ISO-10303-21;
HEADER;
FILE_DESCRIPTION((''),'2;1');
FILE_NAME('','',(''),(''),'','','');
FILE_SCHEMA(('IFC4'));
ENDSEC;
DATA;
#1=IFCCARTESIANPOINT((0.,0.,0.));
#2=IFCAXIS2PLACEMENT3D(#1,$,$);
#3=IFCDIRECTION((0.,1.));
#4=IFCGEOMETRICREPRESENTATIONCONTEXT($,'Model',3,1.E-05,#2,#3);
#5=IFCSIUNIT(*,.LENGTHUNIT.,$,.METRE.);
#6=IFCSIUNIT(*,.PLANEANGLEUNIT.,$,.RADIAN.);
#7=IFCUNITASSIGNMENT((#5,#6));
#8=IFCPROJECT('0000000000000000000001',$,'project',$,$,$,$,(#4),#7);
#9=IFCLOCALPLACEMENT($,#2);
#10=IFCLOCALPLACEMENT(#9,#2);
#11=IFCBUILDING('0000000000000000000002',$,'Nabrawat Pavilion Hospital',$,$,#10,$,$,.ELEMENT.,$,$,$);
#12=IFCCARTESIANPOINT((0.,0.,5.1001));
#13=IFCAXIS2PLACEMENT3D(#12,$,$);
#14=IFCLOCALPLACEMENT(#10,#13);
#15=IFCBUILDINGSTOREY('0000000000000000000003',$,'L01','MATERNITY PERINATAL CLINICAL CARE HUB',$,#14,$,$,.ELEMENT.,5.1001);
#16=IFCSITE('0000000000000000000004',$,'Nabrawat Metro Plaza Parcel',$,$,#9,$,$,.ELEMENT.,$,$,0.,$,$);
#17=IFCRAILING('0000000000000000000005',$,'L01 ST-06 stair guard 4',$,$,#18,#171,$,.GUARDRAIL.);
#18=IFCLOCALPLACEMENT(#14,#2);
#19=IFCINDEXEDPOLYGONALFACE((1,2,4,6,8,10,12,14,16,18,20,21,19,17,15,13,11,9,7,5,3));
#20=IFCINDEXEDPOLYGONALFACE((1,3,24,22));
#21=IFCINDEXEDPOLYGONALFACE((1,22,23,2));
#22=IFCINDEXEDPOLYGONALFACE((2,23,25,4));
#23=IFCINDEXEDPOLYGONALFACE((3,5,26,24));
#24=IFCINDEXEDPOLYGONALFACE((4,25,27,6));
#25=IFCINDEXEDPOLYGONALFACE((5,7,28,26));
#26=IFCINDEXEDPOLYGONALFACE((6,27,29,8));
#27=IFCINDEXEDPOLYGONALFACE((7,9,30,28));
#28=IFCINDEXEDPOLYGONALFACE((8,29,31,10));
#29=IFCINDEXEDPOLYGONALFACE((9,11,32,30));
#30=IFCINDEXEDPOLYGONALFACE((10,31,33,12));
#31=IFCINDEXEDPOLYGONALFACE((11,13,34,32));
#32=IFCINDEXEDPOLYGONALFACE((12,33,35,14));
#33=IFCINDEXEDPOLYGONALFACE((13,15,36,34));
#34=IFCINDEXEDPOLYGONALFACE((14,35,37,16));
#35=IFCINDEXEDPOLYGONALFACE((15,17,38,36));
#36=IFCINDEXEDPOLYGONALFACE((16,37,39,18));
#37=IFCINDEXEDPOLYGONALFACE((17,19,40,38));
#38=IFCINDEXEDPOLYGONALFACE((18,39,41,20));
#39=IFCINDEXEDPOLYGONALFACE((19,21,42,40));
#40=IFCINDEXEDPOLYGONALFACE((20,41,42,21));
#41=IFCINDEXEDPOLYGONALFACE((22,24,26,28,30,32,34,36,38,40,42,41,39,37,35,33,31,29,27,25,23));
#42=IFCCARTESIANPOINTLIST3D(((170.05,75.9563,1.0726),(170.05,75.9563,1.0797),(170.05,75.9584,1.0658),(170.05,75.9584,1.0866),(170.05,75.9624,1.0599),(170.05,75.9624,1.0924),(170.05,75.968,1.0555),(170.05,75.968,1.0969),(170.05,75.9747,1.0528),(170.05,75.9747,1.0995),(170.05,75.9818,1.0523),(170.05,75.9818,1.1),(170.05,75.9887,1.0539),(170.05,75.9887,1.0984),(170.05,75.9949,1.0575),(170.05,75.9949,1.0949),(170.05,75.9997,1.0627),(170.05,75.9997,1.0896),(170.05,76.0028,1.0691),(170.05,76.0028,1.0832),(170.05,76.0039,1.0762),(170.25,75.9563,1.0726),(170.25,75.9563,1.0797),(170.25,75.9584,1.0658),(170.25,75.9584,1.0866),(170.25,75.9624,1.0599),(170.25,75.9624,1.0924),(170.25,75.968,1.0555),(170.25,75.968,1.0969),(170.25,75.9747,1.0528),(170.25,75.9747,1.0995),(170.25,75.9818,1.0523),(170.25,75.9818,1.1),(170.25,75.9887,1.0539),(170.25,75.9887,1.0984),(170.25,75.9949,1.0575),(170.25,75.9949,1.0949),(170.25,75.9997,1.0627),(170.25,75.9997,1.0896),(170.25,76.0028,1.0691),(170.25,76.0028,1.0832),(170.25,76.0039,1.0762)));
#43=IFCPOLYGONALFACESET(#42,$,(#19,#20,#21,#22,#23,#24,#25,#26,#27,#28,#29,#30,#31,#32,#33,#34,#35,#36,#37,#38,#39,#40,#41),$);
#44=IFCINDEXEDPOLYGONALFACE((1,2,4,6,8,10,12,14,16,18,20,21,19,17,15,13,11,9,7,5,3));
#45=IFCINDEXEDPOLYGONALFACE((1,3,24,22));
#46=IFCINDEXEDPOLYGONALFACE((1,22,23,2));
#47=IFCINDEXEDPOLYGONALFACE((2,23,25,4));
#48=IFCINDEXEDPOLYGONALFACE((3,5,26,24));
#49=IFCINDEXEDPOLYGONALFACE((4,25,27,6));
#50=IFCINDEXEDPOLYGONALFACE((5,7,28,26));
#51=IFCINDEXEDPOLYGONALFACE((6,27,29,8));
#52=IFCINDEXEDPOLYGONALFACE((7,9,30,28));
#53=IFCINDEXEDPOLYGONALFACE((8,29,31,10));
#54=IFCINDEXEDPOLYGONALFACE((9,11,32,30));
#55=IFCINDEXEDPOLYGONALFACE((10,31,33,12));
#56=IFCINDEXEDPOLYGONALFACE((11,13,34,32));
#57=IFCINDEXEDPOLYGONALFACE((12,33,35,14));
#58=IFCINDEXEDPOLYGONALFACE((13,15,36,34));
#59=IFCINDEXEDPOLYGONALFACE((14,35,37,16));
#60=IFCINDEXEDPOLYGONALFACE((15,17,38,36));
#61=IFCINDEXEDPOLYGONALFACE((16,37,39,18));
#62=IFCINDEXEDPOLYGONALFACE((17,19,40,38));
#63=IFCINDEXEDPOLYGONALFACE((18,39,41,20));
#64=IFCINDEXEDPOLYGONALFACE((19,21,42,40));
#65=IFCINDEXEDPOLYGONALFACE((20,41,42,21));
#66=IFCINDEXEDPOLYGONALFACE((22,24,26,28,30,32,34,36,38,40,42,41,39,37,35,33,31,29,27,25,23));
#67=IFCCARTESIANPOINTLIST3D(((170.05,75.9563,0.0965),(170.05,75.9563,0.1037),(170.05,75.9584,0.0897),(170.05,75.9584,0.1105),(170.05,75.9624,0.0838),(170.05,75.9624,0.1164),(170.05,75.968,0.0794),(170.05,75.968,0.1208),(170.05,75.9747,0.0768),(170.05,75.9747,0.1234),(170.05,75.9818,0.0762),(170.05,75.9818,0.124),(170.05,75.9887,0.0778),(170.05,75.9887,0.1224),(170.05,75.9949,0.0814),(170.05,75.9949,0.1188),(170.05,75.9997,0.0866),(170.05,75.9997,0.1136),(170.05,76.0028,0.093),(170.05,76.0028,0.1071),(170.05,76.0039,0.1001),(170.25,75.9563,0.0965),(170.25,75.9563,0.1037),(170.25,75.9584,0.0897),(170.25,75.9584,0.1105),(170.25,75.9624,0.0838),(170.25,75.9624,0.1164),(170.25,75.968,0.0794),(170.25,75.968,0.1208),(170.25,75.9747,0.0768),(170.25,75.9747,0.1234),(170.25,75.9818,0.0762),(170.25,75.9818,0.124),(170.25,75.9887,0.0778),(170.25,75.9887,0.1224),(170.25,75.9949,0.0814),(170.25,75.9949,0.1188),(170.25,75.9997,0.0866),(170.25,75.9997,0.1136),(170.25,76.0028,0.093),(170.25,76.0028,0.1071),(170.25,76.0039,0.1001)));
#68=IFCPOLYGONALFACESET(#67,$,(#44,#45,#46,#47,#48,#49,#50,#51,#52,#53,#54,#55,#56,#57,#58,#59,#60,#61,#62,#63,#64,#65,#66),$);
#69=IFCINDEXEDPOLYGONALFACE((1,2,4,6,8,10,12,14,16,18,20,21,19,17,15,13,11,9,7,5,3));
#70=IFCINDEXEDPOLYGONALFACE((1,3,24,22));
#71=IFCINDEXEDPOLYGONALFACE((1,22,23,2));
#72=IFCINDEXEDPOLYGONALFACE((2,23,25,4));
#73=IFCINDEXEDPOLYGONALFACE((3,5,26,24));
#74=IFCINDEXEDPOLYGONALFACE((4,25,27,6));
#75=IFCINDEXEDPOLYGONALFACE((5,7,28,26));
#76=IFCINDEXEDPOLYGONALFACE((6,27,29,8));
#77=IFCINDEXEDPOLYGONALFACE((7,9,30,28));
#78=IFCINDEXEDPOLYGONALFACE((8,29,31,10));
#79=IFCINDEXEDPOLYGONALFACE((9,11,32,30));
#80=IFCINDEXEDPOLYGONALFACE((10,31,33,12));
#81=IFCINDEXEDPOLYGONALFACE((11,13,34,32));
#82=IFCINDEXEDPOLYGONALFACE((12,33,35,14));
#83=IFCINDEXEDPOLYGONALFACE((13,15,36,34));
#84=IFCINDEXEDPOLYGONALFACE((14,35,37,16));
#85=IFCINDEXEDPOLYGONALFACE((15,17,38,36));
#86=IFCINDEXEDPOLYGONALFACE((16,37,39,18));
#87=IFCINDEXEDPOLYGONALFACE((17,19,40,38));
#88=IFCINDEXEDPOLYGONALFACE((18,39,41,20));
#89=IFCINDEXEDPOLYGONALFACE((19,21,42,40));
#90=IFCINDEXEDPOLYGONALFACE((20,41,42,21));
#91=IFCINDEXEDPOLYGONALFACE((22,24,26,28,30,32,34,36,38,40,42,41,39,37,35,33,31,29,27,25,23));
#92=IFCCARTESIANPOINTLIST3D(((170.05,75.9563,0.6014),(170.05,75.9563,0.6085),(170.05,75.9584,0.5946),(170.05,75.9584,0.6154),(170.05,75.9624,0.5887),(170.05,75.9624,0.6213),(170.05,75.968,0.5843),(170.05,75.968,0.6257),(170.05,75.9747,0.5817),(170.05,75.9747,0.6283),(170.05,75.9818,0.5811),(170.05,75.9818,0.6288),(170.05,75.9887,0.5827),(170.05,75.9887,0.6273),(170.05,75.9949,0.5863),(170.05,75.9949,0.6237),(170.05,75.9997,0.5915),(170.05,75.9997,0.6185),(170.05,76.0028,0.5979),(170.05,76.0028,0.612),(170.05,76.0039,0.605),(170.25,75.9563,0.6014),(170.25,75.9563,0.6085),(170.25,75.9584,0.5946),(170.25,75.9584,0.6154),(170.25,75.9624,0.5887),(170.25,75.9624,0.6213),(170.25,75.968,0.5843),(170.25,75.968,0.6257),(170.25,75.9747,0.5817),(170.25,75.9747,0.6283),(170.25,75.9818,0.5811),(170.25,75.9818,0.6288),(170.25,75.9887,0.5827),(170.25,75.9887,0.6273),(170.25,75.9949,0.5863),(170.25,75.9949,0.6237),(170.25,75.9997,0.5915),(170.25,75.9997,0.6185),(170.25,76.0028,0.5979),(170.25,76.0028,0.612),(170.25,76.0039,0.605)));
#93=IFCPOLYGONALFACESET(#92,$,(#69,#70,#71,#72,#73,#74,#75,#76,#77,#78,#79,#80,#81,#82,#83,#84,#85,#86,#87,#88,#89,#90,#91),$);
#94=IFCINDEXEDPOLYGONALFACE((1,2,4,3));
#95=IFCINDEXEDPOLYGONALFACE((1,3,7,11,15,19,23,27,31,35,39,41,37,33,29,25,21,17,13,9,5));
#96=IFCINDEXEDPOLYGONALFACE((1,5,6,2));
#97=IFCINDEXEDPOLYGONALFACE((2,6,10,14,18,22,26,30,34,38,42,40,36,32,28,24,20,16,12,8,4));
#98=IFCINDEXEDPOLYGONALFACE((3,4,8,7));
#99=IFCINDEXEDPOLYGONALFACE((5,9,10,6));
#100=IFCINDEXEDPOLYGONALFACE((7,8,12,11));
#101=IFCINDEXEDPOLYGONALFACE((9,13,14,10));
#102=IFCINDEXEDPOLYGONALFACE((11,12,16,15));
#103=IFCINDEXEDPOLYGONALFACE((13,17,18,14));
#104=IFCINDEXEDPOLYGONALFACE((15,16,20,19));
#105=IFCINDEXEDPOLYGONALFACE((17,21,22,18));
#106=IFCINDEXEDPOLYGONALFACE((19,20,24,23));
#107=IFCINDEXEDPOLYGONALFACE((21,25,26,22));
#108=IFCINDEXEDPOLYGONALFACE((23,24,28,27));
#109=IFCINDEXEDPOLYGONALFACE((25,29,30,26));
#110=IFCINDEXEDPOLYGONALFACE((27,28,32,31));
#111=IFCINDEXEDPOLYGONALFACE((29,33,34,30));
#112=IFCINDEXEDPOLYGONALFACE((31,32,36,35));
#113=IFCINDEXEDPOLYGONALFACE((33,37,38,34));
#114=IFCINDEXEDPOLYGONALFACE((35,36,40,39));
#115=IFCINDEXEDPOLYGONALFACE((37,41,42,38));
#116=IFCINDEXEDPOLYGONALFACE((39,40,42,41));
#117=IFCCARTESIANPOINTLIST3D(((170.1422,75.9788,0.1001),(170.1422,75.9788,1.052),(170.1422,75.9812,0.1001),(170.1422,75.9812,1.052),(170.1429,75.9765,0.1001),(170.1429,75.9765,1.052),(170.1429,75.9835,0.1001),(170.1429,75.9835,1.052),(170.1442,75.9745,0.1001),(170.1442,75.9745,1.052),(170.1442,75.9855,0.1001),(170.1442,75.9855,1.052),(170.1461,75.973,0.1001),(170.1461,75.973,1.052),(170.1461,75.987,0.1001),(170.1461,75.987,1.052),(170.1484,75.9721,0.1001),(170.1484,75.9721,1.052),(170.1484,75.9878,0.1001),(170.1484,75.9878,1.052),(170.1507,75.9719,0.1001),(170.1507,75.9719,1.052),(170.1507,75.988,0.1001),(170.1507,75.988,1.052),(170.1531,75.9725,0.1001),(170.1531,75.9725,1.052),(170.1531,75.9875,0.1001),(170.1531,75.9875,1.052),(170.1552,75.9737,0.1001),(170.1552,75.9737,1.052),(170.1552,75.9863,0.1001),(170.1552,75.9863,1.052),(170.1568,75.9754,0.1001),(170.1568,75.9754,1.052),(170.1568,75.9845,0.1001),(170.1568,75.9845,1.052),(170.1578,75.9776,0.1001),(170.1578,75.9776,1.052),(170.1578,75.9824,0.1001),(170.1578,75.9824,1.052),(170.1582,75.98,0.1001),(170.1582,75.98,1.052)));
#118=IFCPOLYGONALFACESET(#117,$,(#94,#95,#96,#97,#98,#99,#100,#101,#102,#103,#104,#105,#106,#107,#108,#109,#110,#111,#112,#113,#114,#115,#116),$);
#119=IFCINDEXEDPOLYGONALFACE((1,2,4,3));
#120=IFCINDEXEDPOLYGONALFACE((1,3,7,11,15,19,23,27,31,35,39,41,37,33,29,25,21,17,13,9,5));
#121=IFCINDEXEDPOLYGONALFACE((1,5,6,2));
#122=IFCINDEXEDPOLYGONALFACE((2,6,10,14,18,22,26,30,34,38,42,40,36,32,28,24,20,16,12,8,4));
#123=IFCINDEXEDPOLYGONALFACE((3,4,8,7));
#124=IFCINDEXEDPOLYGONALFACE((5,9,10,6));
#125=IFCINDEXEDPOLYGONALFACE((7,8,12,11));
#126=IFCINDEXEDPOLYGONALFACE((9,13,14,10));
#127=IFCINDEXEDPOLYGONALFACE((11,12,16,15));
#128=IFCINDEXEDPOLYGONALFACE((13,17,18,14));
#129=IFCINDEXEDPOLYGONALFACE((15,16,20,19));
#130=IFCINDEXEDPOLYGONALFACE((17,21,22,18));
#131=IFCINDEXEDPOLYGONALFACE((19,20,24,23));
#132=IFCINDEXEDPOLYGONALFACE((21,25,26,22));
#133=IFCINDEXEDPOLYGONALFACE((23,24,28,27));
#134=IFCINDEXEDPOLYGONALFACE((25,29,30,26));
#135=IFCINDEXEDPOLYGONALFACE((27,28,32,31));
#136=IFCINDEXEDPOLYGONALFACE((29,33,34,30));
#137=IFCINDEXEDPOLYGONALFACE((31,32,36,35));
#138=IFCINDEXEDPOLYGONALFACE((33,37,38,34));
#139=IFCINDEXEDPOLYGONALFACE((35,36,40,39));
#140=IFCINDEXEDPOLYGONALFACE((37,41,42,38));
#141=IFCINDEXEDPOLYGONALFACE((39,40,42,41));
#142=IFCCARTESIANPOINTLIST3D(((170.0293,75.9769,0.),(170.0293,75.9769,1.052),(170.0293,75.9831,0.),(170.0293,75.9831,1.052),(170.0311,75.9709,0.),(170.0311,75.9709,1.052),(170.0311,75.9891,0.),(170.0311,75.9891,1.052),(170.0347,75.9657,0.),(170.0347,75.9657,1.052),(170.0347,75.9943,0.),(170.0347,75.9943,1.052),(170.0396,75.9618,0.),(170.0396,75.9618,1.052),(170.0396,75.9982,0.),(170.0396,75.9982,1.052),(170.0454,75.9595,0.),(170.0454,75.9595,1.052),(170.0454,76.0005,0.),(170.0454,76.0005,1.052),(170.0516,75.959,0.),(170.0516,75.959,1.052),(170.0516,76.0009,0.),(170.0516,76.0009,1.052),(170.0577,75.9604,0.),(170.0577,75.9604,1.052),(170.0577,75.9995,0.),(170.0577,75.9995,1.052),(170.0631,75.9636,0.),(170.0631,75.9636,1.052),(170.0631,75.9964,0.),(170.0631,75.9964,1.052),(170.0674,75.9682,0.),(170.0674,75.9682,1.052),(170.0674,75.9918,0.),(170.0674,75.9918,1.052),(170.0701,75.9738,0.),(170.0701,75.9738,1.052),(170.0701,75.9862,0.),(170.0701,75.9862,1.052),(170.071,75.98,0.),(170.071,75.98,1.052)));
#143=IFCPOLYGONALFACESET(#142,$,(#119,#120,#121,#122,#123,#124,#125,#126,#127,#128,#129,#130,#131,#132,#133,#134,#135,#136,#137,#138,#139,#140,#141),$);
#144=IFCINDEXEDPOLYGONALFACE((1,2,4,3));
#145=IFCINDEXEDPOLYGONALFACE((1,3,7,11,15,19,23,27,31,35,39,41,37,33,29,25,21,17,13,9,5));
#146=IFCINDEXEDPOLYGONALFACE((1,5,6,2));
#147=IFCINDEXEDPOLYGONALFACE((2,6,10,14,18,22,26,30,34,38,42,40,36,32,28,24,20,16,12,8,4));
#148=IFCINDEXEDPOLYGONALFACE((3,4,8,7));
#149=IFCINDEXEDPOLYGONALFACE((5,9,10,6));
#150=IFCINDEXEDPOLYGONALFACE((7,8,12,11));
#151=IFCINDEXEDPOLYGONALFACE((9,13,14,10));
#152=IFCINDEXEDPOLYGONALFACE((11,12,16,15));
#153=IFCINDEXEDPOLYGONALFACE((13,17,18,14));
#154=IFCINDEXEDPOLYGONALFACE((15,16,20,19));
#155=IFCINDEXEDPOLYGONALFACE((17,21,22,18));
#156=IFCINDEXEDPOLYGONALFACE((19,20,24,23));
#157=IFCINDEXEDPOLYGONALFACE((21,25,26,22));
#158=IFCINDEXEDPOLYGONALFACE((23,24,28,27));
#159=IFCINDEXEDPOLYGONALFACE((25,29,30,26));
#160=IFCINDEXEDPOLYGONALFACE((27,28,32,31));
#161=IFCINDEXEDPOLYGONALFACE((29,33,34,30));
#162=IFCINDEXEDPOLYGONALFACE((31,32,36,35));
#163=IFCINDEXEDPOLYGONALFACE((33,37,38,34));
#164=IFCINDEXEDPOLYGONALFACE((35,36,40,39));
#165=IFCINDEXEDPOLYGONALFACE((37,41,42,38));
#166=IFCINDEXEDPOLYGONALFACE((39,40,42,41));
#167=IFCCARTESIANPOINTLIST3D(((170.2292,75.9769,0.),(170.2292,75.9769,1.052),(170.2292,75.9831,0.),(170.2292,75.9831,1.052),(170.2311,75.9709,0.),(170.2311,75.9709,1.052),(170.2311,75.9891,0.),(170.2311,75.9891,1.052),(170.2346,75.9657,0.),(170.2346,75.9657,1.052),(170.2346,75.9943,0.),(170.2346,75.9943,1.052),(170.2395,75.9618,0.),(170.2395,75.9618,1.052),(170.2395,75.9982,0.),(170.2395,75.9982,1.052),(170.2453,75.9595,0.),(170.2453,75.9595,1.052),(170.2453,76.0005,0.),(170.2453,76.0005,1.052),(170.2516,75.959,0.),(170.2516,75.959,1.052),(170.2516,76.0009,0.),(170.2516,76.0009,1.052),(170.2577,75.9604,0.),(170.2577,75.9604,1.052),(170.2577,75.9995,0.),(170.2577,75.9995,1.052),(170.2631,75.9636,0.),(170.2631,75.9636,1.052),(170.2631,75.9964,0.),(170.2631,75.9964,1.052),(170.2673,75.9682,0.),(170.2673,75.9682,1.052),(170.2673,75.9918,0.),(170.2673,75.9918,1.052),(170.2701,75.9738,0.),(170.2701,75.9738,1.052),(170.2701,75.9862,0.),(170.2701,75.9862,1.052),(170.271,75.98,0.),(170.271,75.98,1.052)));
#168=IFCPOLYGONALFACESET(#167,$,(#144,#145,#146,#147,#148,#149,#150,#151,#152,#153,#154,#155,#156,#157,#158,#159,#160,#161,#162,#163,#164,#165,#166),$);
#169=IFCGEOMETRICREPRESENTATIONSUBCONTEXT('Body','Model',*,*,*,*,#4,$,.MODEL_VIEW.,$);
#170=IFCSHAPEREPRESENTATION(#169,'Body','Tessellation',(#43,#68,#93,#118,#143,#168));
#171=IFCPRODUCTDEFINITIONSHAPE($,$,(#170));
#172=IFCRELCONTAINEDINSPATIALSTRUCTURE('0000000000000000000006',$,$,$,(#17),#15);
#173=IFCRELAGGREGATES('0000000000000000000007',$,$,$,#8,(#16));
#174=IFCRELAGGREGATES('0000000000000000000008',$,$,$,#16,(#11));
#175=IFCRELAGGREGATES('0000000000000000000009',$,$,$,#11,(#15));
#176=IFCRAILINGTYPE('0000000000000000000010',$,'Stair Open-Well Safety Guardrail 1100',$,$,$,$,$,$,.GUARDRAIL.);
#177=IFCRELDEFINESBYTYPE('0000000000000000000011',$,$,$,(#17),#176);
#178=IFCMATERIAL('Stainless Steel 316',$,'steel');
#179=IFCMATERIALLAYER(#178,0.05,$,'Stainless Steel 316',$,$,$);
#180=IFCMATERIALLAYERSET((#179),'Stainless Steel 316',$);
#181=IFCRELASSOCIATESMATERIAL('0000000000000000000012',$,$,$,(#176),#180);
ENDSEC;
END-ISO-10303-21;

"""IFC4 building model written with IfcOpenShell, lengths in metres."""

from ifc_helpers import new_model, si_unit, direction, frame, origin, origin_2d, place, context, subcontext, project, spatial, circle, extrude, material, layer, layer_set, type_object, element, save


model = new_model("IFC4")

# Units and contexts
model_context = context("Model", 3, precision=1e-05, world=origin(), true_north=direction((0.0, 1.0)))
body_context = subcontext(model_context, "Body", "Model", "MODEL_VIEW")
ifc_project = project(units=[si_unit("LENGTHUNIT", "METRE"), si_unit("PLANEANGLEUNIT", "RADIAN")], contexts=[model_context])

# Site, building, storey
site_placement = place(None, origin())
site = spatial("IfcSite", under=ifc_project, at=site_placement, Name="Nabrawat Metro Plaza Parcel", CompositionType="ELEMENT", RefElevation=0.0)
building_placement = place(site_placement, origin())
building = spatial("IfcBuilding", under=site, at=building_placement, Name="Nabrawat Pavilion Hospital", CompositionType="ELEMENT")
storey_placement = place(building_placement, frame((0.0, 0.0, 5.1001)))
storey = spatial("IfcBuildingStorey", under=building, at=storey_placement, Name="L01", Description="MATERNITY PERINATAL CLINICAL CARE HUB", CompositionType="ELEMENT", Elevation=5.1001)

# Railing
ifc_material_1 = material(Name="Stainless Steel 316", Category="steel")
ifc_layer_1 = layer(ifc_material_1, 0.05, Name="Stainless Steel 316")
ifc_layer_set_1 = layer_set([ifc_layer_1], Name="Stainless Steel 316")
railing_type_1 = type_object("IfcRailingType", Name="Stair Open-Well Safety Guardrail 1100", PredefinedType="GUARDRAIL", material=ifc_layer_set_1)
railing_1_placement = place(storey_placement, frame((170.05, 75.98, 0.0)))
element("IfcRailing", 1, at=railing_1_placement, inside=storey, type_object=railing_type_1, Name="L01 ST-06 stair guard 4", PredefinedType="GUARDRAIL", context=body_context, shape_type="SweptSolid", body=[
    extrude(circle(Radius=0.0239, at=origin_2d()), frame((0.0, 0.0, 1.0762), z_axis=(1.0, 0.0, 0.0), x_axis=(0.0, 1.0, 0.0)), (0.0, 0.0, 1.0), 0.2),
    extrude(circle(Radius=0.0239, at=origin_2d()), frame((0.0, 0.0, 0.1001), z_axis=(1.0, 0.0, 0.0), x_axis=(0.0, 1.0, 0.0)), (0.0, 0.0, 1.0), 0.2),
    extrude(circle(Radius=0.0239, at=origin_2d()), frame((0.0, 0.0, 0.605), z_axis=(1.0, 0.0, 0.0), x_axis=(0.0, 1.0, 0.0)), (0.0, 0.0, 1.0), 0.2),
    extrude(circle(Radius=0.0081, at=origin_2d()), frame((0.1001, 0.0, 0.1001)), (0.0, 0.0, 1.0), 0.9519),
    extrude(circle(Radius=0.021, at=origin_2d()), origin(), (0.0, 0.0, 1.0), 1.052),
    extrude(circle(Radius=0.021, at=origin_2d()), frame((0.2, 0.0, 0.0)), (0.0, 0.0, 1.0), 1.052),
])

save(model, "model.ifc")
